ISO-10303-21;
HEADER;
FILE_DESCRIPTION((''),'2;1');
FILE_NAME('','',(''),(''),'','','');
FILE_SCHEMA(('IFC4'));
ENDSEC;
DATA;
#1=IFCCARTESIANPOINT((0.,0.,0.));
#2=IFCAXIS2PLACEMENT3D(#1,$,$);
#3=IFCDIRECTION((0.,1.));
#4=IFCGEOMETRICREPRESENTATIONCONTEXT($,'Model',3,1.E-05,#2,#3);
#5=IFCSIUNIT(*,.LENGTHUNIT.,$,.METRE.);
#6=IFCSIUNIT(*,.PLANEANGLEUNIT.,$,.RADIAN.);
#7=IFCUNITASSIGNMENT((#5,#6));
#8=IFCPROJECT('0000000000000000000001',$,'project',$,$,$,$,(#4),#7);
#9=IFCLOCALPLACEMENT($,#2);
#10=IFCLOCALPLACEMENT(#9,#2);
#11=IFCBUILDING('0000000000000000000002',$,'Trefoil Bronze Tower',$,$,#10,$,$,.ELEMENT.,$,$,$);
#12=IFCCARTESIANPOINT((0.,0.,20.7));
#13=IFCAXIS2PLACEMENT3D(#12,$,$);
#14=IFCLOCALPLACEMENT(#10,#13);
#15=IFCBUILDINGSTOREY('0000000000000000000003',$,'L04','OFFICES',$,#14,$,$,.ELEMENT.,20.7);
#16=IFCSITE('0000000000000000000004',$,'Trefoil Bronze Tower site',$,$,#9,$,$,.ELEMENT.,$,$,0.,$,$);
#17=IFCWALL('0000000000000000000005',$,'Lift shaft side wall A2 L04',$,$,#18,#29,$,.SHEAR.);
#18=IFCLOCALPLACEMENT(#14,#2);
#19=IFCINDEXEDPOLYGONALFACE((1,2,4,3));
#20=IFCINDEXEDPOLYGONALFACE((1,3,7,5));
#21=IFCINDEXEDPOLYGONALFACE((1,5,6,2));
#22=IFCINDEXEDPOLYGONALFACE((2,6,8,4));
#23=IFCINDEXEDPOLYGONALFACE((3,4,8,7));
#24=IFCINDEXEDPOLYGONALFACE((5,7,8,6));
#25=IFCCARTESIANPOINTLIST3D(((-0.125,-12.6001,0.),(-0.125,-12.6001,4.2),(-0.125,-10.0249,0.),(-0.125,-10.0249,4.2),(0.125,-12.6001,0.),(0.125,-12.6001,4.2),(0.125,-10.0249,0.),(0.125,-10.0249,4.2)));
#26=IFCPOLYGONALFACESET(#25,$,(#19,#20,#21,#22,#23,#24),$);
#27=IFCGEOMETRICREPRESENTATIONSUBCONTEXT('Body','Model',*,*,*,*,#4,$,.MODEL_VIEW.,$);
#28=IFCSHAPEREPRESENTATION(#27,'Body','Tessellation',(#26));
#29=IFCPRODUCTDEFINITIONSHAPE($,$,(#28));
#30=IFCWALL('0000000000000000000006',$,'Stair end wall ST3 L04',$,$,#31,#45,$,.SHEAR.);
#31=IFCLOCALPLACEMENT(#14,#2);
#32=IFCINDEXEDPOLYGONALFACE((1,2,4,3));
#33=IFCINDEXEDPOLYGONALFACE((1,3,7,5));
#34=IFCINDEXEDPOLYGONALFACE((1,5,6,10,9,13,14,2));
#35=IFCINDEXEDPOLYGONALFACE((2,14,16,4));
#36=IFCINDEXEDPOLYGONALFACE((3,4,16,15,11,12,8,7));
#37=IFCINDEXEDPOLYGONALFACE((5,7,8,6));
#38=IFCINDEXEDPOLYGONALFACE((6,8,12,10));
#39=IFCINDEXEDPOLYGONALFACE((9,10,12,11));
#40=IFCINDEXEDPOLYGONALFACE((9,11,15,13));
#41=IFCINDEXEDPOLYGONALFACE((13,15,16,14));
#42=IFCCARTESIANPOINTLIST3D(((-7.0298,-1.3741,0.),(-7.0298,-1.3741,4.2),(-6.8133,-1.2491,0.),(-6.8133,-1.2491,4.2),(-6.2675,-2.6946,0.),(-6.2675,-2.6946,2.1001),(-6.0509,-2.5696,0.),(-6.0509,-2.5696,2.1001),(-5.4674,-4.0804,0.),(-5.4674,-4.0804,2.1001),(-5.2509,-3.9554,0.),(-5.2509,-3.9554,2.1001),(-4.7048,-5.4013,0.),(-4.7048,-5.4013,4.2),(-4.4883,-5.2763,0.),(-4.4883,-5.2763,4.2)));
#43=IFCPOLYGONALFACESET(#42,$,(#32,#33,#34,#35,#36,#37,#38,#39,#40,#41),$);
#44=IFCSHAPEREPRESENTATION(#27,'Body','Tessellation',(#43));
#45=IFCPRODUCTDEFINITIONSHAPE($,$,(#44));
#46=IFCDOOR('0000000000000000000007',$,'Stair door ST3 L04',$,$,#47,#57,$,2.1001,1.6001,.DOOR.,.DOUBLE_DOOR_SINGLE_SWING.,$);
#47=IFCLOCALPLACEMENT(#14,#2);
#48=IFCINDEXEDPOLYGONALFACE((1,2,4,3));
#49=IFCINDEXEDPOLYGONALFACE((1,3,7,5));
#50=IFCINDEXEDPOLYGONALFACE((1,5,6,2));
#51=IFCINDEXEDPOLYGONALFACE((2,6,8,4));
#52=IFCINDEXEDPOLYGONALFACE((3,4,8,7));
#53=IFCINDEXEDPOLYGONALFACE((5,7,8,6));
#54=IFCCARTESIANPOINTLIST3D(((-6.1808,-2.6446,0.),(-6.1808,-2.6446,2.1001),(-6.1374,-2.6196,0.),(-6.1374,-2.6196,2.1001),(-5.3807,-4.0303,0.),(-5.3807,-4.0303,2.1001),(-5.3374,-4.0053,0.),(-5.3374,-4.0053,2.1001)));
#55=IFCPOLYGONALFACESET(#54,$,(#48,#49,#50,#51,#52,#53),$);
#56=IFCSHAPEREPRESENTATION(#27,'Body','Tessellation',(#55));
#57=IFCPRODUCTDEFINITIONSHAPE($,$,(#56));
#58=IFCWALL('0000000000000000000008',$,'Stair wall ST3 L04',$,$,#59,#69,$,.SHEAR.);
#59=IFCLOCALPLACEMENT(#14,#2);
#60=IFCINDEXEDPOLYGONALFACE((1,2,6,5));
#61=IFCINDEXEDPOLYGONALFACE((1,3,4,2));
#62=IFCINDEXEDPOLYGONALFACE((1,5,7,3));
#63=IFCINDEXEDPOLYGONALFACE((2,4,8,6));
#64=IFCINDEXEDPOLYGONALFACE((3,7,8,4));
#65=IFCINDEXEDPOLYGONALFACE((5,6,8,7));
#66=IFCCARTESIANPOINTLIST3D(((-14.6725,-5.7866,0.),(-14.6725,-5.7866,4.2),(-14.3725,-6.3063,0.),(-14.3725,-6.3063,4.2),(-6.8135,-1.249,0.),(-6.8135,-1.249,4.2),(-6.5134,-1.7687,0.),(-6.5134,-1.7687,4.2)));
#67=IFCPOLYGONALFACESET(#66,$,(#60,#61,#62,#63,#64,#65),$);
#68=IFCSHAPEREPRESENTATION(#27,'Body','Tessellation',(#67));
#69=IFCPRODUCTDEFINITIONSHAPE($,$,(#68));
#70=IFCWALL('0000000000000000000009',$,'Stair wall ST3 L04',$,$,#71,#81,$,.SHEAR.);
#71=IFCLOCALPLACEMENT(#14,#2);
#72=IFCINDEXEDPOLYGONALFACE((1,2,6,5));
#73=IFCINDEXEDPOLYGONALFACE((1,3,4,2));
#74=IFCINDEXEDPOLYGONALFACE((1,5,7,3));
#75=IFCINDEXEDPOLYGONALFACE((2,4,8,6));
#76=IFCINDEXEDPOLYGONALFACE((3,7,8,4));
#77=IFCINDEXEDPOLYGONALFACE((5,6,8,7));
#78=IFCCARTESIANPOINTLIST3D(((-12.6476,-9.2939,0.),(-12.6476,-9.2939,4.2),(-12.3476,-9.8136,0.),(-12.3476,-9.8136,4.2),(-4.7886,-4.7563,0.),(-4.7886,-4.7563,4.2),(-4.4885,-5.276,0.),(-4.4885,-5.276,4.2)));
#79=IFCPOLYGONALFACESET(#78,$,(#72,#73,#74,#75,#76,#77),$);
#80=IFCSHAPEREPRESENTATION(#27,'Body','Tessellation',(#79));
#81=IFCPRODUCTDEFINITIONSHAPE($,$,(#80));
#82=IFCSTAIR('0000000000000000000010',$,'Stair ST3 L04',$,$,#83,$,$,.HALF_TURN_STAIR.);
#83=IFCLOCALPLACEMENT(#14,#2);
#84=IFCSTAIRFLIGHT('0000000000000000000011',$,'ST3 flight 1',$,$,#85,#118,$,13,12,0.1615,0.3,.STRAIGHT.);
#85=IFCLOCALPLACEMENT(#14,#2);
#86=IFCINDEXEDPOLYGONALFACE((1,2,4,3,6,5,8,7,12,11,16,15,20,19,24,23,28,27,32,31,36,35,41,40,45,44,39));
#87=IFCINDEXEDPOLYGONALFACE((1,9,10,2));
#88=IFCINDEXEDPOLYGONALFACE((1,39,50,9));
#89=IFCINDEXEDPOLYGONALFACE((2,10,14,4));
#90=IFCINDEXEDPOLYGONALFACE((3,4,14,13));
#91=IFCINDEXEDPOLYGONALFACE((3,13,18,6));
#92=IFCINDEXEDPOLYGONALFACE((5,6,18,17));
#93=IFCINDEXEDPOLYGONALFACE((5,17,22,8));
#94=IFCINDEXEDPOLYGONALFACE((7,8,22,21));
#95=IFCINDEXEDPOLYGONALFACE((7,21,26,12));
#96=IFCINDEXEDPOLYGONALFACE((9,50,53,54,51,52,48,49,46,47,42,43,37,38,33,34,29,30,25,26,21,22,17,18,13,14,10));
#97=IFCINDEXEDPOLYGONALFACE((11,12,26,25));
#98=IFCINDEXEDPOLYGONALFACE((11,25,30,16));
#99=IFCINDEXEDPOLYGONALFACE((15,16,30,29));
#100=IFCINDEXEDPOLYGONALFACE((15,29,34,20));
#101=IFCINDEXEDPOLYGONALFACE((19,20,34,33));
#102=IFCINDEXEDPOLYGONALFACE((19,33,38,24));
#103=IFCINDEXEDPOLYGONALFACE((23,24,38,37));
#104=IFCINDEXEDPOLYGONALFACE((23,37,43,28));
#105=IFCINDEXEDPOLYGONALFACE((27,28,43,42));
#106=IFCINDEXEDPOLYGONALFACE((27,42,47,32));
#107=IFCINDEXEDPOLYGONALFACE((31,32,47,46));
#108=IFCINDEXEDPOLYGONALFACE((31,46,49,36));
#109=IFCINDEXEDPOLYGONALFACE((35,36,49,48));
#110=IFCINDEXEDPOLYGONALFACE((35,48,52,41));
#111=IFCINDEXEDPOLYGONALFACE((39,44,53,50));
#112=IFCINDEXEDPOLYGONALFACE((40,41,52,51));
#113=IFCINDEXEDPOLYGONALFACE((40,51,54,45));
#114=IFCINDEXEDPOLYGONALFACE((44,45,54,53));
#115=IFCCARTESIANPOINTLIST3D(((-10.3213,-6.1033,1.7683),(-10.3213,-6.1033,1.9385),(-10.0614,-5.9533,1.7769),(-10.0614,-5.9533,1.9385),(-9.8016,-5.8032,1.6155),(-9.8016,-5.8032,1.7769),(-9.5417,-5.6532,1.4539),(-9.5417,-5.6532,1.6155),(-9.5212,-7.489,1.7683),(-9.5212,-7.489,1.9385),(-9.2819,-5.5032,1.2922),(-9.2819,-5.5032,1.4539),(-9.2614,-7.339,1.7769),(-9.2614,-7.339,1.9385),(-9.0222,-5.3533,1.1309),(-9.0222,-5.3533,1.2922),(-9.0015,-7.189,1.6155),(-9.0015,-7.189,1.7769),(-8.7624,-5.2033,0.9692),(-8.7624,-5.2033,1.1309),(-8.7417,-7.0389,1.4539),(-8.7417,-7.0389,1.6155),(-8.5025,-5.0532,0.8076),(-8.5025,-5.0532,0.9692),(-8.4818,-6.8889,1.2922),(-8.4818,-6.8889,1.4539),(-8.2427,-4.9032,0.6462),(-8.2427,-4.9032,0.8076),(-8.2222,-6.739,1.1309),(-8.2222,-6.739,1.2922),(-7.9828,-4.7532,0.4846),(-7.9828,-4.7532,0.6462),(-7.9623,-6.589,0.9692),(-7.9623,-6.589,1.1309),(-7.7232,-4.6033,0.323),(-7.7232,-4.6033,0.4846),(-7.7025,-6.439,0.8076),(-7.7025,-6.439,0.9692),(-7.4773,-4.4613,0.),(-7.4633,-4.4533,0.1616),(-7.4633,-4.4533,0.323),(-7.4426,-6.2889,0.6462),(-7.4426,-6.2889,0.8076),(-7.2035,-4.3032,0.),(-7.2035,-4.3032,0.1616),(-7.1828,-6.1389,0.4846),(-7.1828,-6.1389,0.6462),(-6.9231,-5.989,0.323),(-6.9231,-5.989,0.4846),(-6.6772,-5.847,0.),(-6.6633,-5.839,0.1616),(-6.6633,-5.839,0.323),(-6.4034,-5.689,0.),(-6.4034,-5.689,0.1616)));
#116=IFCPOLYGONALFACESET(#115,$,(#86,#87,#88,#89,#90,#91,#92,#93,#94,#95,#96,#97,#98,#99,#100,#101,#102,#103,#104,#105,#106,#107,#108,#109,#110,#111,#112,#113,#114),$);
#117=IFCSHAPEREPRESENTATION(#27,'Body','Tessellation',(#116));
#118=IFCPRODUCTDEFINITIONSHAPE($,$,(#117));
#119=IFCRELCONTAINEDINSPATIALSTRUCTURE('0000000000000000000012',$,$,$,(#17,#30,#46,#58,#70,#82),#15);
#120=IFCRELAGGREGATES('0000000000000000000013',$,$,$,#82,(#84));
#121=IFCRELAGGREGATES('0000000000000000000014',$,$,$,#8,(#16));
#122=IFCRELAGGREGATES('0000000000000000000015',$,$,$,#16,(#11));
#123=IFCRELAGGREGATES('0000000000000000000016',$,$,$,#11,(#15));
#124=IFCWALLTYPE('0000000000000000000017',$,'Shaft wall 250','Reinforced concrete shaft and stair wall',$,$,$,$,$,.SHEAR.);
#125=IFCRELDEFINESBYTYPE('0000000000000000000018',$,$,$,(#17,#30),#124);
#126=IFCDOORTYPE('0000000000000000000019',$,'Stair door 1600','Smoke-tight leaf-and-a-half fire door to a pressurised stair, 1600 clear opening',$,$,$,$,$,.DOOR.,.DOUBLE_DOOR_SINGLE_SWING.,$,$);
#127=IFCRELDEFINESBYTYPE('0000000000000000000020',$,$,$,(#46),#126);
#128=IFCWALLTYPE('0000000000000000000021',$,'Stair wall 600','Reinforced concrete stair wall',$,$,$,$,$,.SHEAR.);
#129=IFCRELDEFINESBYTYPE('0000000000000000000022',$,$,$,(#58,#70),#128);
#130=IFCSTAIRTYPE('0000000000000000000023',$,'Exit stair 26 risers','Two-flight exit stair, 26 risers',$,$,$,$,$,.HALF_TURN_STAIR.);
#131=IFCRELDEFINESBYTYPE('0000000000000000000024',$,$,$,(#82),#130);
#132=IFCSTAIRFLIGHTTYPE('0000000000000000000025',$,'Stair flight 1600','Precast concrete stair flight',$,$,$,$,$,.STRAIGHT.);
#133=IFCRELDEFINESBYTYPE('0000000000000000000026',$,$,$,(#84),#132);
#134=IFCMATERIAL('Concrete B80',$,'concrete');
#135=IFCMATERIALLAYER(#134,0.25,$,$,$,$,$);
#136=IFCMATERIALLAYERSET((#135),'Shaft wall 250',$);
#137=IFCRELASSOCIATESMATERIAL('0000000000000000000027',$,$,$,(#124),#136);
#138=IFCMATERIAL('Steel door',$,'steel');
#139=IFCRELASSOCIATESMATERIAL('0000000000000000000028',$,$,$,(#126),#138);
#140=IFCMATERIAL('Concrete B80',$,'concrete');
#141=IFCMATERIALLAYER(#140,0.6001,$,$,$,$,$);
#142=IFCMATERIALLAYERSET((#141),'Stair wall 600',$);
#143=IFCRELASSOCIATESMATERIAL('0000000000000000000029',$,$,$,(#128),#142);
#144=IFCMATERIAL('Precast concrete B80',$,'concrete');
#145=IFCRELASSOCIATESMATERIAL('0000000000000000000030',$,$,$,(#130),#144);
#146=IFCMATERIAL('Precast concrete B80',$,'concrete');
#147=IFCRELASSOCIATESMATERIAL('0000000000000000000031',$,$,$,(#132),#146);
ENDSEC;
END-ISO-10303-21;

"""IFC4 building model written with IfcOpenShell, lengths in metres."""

from ifc_helpers import new_model, si_unit, direction, frame, frame_2d, origin, place, context, subcontext, project, spatial, polyline, rectangle, outline, extrude, material, layer, layer_set, type_object, element, fill, aggregate, save


model = new_model("IFC4")

# Units and contexts
model_context = context("Model", 3, precision=1e-05, world=origin(), true_north=direction((0.0, 1.0)))
body_context = subcontext(model_context, "Body", "Model", "MODEL_VIEW")
ifc_project = project(units=[si_unit("LENGTHUNIT", "METRE"), si_unit("PLANEANGLEUNIT", "RADIAN")], contexts=[model_context])

# Site, building, storey
site_placement = place(None, origin())
site = spatial("IfcSite", under=ifc_project, at=site_placement, Name="Trefoil Bronze Tower site", CompositionType="ELEMENT", RefElevation=0.0)
building_placement = place(site_placement, origin())
building = spatial("IfcBuilding", under=site, at=building_placement, Name="Trefoil Bronze Tower", CompositionType="ELEMENT")
storey_placement = place(building_placement, frame((0.0, 0.0, 20.7)))
storey = spatial("IfcBuildingStorey", under=building, at=storey_placement, Name="L04", Description="OFFICES", CompositionType="ELEMENT", Elevation=20.7)

# Shared definitions
ifc_material_1 = material(Name="Concrete B80", Category="concrete")
ifc_layer_1 = layer(ifc_material_1, 0.25)
ifc_layer_set_1 = layer_set([ifc_layer_1], Name="Shaft wall 250")
wall_type_1 = type_object("IfcWallType", Name="Shaft wall 250", Description="Reinforced concrete shaft and stair wall", PredefinedType="SHEAR", material=ifc_layer_set_1)

# Wall
for number, where, z_axis, x_axis, name in (
    (1, (0.0, -10.0249, 0.0), (0.0, 0.0, 1.0), (0.0, -1.0, 0.0), "Lift shaft side wall A2 L04"),
):
    element("IfcWall", number, at=place(storey_placement, frame(where, z_axis=z_axis, x_axis=x_axis)), inside=storey, type_object=wall_type_1, Name=name, PredefinedType="SHEAR", context=body_context, shape_type="SweptSolid", body=[
        extrude(rectangle(XDim=2.5752, YDim=0.25, at=frame_2d((1.2876, 0.0))), origin(), (0.0, 0.0, 1.0), 4.2),
    ])

# Wall, opening, door
wall_1_placement = place(storey_placement, frame((-6.9216, -1.3115, 0.0), z_axis=(0.0, 0.0, 1.0), x_axis=(0.499985, -0.866034, 0.0)))
wall_1 = element("IfcWall", 2, at=wall_1_placement, inside=storey, type_object=wall_type_1, Name="Stair end wall ST3 L04", PredefinedType="SHEAR", context=body_context, shape_type="SweptSolid", body=[
    extrude(rectangle(XDim=4.6501, YDim=0.25, at=frame_2d((2.3252, 0.0))), origin(), (0.0, 0.0, 1.0), 4.2),
])
opening_1_placement = place(wall_1_placement, frame((1.5249, 0.0, 0.0)))
opening_1 = element("IfcOpeningElement", 3, at=opening_1_placement, cuts=wall_1, PredefinedType="OPENING", context=body_context, shape_type="SweptSolid", body=[
    extrude(rectangle(XDim=1.6001, YDim=2.1001, at=frame_2d((0.8, 1.05))), frame((0.0, 0.135, 0.0), z_axis=(0.0, -1.0, 0.0), x_axis=(1.0, 0.0, 0.0)), (0.0, 0.0, 1.0), 0.27),
])
ifc_material_2 = material(Name="Steel door", Category="steel")
door_type_1 = type_object("IfcDoorType", Name="Stair door 1600", Description="Smoke-tight leaf-and-a-half fire door to a pressurised stair, 1600 clear opening", OperationType="DOUBLE_DOOR_SINGLE_SWING", PredefinedType="DOOR", material=ifc_material_2)
door_1_placement = place(opening_1_placement, frame((1.6001, 0.0, 0.0), z_axis=(0.0, 0.0, 1.0), x_axis=(-1.0, 0.0, 0.0)))
door_1 = element("IfcDoor", 4, at=door_1_placement, inside=storey, type_object=door_type_1, Name="Stair door ST3 L04", OperationType="DOUBLE_DOOR_SINGLE_SWING", OverallHeight=2.1001, OverallWidth=1.6001, PredefinedType="DOOR", context=body_context, shape_type="SweptSolid", body=[
    extrude(rectangle(XDim=1.6001, YDim=2.1001, at=frame_2d((0.8, 1.05))), frame((0.0, 0.0249, 0.0), z_axis=(0.0, -1.0, 0.0), x_axis=(1.0, 0.0, 0.0)), (0.0, 0.0, 1.0), 0.05),
])
fill(opening_1, door_1)

# Walls
ifc_material_3 = material(Name="Concrete B80", Category="concrete")
ifc_layer_2 = layer(ifc_material_3, 0.6001)
ifc_layer_set_2 = layer_set([ifc_layer_2], Name="Stair wall 600")
wall_type_2 = type_object("IfcWallType", Name="Stair wall 600", Description="Reinforced concrete stair wall", PredefinedType="SHEAR", material=ifc_layer_set_2)
for number, where, z_axis, x_axis, name in (
    (5, (-6.6633, -1.5088, 0.0), (0.0, 0.0, 1.0), (-0.866019, -0.50001, 0.0), "Stair wall ST3 L04"),
    (6, (-4.6384, -5.0161, 0.0), (0.0, 0.0, 1.0), (-0.866019, -0.50001, 0.0), "Stair wall ST3 L04"),
):
    element("IfcWall", number, at=place(storey_placement, frame(where, z_axis=z_axis, x_axis=x_axis)), inside=storey, type_object=wall_type_2, Name=name, PredefinedType="SHEAR", context=body_context, shape_type="SweptSolid", body=[
        extrude(rectangle(XDim=9.075, YDim=0.6001, at=frame_2d((4.5376, 0.0))), origin(), (0.0, 0.0, 1.0), 4.2),
    ])

# Stair, stair flight
ifc_material_4 = material(Name="Precast concrete B80", Category="concrete")
stair_type = type_object("IfcStairType", Name="Exit stair 26 risers", Description="Two-flight exit stair, 26 risers", PredefinedType="HALF_TURN_STAIR", material=ifc_material_4)
stair_placement = place(storey_placement, origin())
stair = element("IfcStair", 7, at=stair_placement, inside=storey, type_object=stair_type, Name="Stair ST3 L04", PredefinedType="HALF_TURN_STAIR")
ifc_material_5 = material(Name="Precast concrete B80", Category="concrete")
stair_flight_type = type_object("IfcStairFlightType", Name="Stair flight 1600", Description="Precast concrete stair flight", PredefinedType="STRAIGHT", material=ifc_material_5)
stair_flight_placement = place(storey_placement, frame((-6.8035, -4.9961, 0.0), z_axis=(0.0, 0.0, 1.0), x_axis=(-0.866025, -0.5, 0.0)))
stair_flight = element("IfcStairFlight", 8, at=stair_flight_placement, type_object=stair_flight_type, Name="ST3 flight 1", NumberOfRisers=13, NumberOfTreads=12, PredefinedType="STRAIGHT", RiserHeight=0.1615, TreadLength=0.3, context=body_context, shape_type="SweptSolid", body=[
    extrude(outline(polyline([(0.0, 0.0), (0.0, 0.1616), (0.3, 0.1616), (0.3, 0.323), (0.6001, 0.323), (0.6001, 0.4846), (0.8999, 0.4846), (0.8999, 0.6462), (1.2, 0.6462), (1.2, 0.8076), (1.5, 0.8076), (1.5, 0.9692), (1.8, 0.9692), (1.8, 1.1309), (2.1001, 1.1309), (2.1001, 1.2922), (2.3999, 1.2922), (2.3999, 1.4539), (2.7, 1.4539), (2.7, 1.6155), (3.0, 1.6155), (3.0, 1.7769), (3.3, 1.7769), (3.3, 1.9385), (3.6001, 1.9385), (3.6001, 2.1001), (3.6001, 1.7683), (0.3162, 0.0), (0.0, 0.0)])), frame((0.0, 0.8, 0.0), z_axis=(0.0, -1.0, 0.0), x_axis=(1.0, 0.0, 0.0)), (0.0, 0.0, 1.0), 1.6001),
])
aggregate(stair, [stair_flight])

save(model, "model.ifc")
